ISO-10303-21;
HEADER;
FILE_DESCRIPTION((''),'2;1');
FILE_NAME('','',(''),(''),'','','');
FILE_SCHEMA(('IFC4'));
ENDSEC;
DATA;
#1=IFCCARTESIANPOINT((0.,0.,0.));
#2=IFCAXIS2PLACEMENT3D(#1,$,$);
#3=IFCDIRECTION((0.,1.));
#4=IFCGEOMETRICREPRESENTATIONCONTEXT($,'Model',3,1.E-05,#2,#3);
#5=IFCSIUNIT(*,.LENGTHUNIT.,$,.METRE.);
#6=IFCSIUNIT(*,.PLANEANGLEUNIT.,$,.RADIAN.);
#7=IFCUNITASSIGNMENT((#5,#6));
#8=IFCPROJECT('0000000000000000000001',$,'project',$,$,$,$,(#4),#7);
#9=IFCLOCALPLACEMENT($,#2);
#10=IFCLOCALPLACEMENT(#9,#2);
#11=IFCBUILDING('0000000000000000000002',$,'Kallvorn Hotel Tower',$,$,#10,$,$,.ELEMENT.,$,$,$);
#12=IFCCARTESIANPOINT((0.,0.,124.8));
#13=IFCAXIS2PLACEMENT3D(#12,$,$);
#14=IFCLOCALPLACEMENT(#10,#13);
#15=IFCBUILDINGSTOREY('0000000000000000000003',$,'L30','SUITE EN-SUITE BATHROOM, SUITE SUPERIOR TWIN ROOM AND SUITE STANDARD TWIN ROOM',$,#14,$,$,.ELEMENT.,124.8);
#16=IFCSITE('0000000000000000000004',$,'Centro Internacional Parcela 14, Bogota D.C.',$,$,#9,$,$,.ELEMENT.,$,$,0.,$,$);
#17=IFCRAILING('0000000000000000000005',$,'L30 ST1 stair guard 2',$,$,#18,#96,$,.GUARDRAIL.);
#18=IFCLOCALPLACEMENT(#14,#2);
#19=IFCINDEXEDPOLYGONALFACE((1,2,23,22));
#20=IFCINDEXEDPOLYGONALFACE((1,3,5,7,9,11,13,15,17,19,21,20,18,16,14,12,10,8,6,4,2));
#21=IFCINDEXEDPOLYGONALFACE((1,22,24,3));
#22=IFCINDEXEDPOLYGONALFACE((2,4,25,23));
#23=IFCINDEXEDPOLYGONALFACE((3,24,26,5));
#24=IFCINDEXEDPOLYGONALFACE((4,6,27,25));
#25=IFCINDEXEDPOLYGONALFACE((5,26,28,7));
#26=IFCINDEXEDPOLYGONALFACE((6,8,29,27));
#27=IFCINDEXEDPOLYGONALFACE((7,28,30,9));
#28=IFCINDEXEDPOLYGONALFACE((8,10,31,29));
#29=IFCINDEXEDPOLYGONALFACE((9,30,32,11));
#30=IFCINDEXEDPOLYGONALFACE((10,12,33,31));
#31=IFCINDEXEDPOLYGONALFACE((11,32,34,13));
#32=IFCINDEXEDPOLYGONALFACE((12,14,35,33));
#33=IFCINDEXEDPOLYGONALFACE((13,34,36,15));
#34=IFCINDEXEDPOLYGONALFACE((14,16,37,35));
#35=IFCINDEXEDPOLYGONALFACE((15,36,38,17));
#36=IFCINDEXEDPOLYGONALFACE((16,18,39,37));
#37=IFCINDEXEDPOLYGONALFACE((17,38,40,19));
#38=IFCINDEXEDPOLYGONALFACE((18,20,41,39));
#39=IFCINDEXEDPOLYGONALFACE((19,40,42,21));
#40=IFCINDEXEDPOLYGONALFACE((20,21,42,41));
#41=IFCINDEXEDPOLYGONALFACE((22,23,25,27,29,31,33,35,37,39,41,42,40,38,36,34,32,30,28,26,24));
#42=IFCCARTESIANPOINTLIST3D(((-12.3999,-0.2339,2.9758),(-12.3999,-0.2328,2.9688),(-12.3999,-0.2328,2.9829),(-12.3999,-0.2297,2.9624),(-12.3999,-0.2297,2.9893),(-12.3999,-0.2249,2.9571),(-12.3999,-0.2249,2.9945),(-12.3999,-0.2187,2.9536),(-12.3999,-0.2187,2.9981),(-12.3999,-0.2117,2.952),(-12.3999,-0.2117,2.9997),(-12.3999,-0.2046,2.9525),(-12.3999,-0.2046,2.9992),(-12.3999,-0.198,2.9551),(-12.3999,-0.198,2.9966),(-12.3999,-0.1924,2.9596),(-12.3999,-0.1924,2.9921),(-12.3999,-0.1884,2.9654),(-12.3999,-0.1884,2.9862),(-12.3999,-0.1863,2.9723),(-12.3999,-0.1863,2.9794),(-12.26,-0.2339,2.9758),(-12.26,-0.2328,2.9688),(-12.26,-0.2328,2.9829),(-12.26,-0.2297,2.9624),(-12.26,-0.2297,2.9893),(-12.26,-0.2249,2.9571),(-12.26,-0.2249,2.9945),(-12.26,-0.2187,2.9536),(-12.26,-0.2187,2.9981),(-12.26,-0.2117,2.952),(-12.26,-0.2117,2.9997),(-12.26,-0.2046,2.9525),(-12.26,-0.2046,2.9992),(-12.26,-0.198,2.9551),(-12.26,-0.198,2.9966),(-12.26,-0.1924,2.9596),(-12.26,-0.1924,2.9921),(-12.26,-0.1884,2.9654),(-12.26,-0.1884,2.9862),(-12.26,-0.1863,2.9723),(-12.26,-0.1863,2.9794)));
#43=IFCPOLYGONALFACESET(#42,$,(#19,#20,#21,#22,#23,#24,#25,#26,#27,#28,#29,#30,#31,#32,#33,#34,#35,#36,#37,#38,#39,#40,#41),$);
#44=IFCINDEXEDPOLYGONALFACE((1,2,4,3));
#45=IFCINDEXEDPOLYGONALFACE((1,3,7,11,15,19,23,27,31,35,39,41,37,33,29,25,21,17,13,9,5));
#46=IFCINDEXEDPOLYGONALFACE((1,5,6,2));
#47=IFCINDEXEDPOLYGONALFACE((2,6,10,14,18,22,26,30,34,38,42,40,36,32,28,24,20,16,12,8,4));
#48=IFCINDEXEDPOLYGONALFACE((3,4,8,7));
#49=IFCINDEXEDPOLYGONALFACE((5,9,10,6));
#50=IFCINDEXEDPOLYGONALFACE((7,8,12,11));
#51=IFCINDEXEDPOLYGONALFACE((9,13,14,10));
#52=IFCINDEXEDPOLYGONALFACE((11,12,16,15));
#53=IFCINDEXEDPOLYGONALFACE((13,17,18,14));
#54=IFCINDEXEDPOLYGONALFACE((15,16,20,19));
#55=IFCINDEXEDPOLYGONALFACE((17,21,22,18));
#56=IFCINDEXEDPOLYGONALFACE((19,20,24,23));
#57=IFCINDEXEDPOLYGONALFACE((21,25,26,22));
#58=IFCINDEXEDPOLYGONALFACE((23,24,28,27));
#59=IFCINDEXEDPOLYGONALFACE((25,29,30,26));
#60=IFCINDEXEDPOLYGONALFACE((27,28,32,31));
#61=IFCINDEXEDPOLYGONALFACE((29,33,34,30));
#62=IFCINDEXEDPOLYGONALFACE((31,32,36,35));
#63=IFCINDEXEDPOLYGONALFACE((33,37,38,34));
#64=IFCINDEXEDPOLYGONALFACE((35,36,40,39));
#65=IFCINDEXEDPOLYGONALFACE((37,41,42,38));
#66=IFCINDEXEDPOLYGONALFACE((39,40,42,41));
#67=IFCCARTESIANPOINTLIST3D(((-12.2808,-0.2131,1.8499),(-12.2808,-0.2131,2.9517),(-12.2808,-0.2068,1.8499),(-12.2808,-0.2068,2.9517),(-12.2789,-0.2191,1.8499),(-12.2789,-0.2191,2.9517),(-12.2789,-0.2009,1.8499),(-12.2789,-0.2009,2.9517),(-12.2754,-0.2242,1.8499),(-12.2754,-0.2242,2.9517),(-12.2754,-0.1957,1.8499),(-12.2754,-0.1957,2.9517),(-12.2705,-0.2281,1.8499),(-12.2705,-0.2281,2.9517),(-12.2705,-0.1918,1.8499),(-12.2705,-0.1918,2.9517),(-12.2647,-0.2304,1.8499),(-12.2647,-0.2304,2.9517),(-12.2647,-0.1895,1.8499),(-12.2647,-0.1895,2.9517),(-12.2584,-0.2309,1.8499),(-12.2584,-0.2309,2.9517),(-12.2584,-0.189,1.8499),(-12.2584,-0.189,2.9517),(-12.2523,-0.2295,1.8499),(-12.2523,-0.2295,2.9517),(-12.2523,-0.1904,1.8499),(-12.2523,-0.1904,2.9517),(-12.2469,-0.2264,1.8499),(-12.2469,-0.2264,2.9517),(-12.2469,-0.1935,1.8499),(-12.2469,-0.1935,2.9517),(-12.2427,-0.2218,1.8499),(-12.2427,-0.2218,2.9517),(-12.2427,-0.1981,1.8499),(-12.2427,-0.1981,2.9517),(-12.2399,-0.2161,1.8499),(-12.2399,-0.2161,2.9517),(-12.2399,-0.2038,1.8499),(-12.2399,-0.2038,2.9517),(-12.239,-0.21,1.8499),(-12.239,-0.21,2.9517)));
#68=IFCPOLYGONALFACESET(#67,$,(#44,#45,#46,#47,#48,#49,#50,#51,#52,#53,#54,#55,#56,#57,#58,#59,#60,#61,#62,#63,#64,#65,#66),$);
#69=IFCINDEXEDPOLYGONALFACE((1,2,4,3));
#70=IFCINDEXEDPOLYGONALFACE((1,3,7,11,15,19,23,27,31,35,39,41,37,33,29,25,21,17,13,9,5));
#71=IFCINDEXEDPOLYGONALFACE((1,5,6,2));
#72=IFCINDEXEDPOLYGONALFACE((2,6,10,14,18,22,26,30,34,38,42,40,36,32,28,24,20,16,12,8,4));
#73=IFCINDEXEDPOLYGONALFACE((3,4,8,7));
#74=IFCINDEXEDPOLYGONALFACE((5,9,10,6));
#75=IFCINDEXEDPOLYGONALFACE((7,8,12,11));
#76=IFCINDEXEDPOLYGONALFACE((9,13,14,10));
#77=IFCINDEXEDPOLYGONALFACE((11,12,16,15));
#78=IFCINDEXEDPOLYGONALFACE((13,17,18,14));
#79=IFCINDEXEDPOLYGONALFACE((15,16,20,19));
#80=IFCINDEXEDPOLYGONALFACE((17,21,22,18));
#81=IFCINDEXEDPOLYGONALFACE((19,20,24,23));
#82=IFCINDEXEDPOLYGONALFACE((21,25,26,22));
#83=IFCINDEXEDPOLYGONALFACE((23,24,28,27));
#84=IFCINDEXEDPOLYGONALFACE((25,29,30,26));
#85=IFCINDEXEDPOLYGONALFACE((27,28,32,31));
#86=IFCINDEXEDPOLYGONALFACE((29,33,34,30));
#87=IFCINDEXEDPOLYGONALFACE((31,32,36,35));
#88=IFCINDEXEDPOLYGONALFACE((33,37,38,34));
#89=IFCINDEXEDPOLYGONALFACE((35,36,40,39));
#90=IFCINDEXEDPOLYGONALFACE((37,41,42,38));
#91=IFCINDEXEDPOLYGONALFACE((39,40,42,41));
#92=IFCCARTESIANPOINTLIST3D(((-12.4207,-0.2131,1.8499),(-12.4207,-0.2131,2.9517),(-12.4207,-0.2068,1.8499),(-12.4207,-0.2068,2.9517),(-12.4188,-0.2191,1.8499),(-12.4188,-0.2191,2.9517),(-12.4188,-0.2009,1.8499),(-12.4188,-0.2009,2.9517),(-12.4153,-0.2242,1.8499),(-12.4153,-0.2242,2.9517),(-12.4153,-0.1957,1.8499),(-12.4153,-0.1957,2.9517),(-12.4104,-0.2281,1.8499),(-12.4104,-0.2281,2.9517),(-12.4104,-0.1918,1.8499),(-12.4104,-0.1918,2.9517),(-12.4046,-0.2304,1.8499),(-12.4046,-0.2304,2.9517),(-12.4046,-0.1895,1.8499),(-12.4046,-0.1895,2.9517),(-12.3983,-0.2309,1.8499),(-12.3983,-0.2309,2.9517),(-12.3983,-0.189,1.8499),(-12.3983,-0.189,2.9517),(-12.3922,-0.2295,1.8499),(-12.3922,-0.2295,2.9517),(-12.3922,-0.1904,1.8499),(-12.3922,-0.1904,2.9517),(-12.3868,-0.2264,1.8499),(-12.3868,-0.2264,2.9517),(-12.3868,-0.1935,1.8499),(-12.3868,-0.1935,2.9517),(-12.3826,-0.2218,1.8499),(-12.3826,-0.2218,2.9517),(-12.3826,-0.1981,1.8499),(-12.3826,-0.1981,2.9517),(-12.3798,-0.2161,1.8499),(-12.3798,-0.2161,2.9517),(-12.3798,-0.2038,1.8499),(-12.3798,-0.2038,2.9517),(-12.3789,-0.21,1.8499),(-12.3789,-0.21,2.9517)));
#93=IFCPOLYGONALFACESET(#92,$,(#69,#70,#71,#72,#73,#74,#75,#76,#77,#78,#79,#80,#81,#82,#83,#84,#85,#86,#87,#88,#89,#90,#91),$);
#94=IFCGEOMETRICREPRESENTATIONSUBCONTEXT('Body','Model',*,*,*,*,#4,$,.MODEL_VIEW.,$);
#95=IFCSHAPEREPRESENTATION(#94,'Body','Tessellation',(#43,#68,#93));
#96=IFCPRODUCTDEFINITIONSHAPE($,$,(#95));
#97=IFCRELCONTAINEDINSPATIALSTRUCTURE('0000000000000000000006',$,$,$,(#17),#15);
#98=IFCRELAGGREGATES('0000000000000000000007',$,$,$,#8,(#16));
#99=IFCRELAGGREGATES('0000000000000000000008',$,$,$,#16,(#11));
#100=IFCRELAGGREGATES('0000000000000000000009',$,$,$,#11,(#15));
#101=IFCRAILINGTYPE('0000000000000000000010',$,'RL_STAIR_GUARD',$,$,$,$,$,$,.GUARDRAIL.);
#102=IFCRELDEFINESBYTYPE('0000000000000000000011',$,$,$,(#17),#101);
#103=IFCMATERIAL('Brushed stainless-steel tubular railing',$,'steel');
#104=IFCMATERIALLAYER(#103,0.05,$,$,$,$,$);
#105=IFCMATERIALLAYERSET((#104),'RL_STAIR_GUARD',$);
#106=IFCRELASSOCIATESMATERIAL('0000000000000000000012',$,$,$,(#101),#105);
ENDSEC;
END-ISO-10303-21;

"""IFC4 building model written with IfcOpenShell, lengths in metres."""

from ifc_helpers import new_model, si_unit, direction, frame, origin, origin_2d, place, context, subcontext, project, spatial, circle, extrude, material, layer, layer_set, type_object, element, save


model = new_model("IFC4")

# Units and contexts
model_context = context("Model", 3, precision=1e-05, world=origin(), true_north=direction((0.0, 1.0)))
body_context = subcontext(model_context, "Body", "Model", "MODEL_VIEW")
ifc_project = project(units=[si_unit("LENGTHUNIT", "METRE"), si_unit("PLANEANGLEUNIT", "RADIAN")], contexts=[model_context])

# Site, building, storey
site_placement = place(None, origin())
site = spatial("IfcSite", under=ifc_project, at=site_placement, Name="Centro Internacional Parcela 14, Bogota D.C.", CompositionType="ELEMENT", RefElevation=0.0)
building_placement = place(site_placement, origin())
building = spatial("IfcBuilding", under=site, at=building_placement, Name="Kallvorn Hotel Tower", CompositionType="ELEMENT")
storey_placement = place(building_placement, frame((0.0, 0.0, 124.8)))
storey = spatial("IfcBuildingStorey", under=building, at=storey_placement, Name="L30", Description="SUITE EN-SUITE BATHROOM, SUITE SUPERIOR TWIN ROOM AND SUITE STANDARD TWIN ROOM", CompositionType="ELEMENT", Elevation=124.8)

# Railing
ifc_material_1 = material(Name="Brushed stainless-steel tubular railing", Category="steel")
ifc_layer_1 = layer(ifc_material_1, 0.05)
ifc_layer_set_1 = layer_set([ifc_layer_1], Name="RL_STAIR_GUARD")
railing_type_1 = type_object("IfcRailingType", Name="RL_STAIR_GUARD", PredefinedType="GUARDRAIL", material=ifc_layer_set_1)
railing_1_placement = place(storey_placement, frame((-12.26, -0.21, 1.8499)))
element("IfcRailing", 1, at=railing_1_placement, inside=storey, type_object=railing_type_1, Name="L30 ST1 stair guard 2", PredefinedType="GUARDRAIL", context=body_context, shape_type="SweptSolid", body=[
    extrude(circle(Radius=0.0239, at=origin_2d()), frame((0.0, 0.0, 1.126), z_axis=(-1.0, 0.0, 0.0), x_axis=(0.0, -1.0, 0.0)), (0.0, 0.0, 1.0), 0.1399),
    extrude(circle(Radius=0.021, at=origin_2d()), origin(), (0.0, 0.0, 1.0), 1.1018),
    extrude(circle(Radius=0.021, at=origin_2d()), frame((-0.1399, 0.0, 0.0)), (0.0, 0.0, 1.0), 1.1018),
])

save(model, "model.ifc")
